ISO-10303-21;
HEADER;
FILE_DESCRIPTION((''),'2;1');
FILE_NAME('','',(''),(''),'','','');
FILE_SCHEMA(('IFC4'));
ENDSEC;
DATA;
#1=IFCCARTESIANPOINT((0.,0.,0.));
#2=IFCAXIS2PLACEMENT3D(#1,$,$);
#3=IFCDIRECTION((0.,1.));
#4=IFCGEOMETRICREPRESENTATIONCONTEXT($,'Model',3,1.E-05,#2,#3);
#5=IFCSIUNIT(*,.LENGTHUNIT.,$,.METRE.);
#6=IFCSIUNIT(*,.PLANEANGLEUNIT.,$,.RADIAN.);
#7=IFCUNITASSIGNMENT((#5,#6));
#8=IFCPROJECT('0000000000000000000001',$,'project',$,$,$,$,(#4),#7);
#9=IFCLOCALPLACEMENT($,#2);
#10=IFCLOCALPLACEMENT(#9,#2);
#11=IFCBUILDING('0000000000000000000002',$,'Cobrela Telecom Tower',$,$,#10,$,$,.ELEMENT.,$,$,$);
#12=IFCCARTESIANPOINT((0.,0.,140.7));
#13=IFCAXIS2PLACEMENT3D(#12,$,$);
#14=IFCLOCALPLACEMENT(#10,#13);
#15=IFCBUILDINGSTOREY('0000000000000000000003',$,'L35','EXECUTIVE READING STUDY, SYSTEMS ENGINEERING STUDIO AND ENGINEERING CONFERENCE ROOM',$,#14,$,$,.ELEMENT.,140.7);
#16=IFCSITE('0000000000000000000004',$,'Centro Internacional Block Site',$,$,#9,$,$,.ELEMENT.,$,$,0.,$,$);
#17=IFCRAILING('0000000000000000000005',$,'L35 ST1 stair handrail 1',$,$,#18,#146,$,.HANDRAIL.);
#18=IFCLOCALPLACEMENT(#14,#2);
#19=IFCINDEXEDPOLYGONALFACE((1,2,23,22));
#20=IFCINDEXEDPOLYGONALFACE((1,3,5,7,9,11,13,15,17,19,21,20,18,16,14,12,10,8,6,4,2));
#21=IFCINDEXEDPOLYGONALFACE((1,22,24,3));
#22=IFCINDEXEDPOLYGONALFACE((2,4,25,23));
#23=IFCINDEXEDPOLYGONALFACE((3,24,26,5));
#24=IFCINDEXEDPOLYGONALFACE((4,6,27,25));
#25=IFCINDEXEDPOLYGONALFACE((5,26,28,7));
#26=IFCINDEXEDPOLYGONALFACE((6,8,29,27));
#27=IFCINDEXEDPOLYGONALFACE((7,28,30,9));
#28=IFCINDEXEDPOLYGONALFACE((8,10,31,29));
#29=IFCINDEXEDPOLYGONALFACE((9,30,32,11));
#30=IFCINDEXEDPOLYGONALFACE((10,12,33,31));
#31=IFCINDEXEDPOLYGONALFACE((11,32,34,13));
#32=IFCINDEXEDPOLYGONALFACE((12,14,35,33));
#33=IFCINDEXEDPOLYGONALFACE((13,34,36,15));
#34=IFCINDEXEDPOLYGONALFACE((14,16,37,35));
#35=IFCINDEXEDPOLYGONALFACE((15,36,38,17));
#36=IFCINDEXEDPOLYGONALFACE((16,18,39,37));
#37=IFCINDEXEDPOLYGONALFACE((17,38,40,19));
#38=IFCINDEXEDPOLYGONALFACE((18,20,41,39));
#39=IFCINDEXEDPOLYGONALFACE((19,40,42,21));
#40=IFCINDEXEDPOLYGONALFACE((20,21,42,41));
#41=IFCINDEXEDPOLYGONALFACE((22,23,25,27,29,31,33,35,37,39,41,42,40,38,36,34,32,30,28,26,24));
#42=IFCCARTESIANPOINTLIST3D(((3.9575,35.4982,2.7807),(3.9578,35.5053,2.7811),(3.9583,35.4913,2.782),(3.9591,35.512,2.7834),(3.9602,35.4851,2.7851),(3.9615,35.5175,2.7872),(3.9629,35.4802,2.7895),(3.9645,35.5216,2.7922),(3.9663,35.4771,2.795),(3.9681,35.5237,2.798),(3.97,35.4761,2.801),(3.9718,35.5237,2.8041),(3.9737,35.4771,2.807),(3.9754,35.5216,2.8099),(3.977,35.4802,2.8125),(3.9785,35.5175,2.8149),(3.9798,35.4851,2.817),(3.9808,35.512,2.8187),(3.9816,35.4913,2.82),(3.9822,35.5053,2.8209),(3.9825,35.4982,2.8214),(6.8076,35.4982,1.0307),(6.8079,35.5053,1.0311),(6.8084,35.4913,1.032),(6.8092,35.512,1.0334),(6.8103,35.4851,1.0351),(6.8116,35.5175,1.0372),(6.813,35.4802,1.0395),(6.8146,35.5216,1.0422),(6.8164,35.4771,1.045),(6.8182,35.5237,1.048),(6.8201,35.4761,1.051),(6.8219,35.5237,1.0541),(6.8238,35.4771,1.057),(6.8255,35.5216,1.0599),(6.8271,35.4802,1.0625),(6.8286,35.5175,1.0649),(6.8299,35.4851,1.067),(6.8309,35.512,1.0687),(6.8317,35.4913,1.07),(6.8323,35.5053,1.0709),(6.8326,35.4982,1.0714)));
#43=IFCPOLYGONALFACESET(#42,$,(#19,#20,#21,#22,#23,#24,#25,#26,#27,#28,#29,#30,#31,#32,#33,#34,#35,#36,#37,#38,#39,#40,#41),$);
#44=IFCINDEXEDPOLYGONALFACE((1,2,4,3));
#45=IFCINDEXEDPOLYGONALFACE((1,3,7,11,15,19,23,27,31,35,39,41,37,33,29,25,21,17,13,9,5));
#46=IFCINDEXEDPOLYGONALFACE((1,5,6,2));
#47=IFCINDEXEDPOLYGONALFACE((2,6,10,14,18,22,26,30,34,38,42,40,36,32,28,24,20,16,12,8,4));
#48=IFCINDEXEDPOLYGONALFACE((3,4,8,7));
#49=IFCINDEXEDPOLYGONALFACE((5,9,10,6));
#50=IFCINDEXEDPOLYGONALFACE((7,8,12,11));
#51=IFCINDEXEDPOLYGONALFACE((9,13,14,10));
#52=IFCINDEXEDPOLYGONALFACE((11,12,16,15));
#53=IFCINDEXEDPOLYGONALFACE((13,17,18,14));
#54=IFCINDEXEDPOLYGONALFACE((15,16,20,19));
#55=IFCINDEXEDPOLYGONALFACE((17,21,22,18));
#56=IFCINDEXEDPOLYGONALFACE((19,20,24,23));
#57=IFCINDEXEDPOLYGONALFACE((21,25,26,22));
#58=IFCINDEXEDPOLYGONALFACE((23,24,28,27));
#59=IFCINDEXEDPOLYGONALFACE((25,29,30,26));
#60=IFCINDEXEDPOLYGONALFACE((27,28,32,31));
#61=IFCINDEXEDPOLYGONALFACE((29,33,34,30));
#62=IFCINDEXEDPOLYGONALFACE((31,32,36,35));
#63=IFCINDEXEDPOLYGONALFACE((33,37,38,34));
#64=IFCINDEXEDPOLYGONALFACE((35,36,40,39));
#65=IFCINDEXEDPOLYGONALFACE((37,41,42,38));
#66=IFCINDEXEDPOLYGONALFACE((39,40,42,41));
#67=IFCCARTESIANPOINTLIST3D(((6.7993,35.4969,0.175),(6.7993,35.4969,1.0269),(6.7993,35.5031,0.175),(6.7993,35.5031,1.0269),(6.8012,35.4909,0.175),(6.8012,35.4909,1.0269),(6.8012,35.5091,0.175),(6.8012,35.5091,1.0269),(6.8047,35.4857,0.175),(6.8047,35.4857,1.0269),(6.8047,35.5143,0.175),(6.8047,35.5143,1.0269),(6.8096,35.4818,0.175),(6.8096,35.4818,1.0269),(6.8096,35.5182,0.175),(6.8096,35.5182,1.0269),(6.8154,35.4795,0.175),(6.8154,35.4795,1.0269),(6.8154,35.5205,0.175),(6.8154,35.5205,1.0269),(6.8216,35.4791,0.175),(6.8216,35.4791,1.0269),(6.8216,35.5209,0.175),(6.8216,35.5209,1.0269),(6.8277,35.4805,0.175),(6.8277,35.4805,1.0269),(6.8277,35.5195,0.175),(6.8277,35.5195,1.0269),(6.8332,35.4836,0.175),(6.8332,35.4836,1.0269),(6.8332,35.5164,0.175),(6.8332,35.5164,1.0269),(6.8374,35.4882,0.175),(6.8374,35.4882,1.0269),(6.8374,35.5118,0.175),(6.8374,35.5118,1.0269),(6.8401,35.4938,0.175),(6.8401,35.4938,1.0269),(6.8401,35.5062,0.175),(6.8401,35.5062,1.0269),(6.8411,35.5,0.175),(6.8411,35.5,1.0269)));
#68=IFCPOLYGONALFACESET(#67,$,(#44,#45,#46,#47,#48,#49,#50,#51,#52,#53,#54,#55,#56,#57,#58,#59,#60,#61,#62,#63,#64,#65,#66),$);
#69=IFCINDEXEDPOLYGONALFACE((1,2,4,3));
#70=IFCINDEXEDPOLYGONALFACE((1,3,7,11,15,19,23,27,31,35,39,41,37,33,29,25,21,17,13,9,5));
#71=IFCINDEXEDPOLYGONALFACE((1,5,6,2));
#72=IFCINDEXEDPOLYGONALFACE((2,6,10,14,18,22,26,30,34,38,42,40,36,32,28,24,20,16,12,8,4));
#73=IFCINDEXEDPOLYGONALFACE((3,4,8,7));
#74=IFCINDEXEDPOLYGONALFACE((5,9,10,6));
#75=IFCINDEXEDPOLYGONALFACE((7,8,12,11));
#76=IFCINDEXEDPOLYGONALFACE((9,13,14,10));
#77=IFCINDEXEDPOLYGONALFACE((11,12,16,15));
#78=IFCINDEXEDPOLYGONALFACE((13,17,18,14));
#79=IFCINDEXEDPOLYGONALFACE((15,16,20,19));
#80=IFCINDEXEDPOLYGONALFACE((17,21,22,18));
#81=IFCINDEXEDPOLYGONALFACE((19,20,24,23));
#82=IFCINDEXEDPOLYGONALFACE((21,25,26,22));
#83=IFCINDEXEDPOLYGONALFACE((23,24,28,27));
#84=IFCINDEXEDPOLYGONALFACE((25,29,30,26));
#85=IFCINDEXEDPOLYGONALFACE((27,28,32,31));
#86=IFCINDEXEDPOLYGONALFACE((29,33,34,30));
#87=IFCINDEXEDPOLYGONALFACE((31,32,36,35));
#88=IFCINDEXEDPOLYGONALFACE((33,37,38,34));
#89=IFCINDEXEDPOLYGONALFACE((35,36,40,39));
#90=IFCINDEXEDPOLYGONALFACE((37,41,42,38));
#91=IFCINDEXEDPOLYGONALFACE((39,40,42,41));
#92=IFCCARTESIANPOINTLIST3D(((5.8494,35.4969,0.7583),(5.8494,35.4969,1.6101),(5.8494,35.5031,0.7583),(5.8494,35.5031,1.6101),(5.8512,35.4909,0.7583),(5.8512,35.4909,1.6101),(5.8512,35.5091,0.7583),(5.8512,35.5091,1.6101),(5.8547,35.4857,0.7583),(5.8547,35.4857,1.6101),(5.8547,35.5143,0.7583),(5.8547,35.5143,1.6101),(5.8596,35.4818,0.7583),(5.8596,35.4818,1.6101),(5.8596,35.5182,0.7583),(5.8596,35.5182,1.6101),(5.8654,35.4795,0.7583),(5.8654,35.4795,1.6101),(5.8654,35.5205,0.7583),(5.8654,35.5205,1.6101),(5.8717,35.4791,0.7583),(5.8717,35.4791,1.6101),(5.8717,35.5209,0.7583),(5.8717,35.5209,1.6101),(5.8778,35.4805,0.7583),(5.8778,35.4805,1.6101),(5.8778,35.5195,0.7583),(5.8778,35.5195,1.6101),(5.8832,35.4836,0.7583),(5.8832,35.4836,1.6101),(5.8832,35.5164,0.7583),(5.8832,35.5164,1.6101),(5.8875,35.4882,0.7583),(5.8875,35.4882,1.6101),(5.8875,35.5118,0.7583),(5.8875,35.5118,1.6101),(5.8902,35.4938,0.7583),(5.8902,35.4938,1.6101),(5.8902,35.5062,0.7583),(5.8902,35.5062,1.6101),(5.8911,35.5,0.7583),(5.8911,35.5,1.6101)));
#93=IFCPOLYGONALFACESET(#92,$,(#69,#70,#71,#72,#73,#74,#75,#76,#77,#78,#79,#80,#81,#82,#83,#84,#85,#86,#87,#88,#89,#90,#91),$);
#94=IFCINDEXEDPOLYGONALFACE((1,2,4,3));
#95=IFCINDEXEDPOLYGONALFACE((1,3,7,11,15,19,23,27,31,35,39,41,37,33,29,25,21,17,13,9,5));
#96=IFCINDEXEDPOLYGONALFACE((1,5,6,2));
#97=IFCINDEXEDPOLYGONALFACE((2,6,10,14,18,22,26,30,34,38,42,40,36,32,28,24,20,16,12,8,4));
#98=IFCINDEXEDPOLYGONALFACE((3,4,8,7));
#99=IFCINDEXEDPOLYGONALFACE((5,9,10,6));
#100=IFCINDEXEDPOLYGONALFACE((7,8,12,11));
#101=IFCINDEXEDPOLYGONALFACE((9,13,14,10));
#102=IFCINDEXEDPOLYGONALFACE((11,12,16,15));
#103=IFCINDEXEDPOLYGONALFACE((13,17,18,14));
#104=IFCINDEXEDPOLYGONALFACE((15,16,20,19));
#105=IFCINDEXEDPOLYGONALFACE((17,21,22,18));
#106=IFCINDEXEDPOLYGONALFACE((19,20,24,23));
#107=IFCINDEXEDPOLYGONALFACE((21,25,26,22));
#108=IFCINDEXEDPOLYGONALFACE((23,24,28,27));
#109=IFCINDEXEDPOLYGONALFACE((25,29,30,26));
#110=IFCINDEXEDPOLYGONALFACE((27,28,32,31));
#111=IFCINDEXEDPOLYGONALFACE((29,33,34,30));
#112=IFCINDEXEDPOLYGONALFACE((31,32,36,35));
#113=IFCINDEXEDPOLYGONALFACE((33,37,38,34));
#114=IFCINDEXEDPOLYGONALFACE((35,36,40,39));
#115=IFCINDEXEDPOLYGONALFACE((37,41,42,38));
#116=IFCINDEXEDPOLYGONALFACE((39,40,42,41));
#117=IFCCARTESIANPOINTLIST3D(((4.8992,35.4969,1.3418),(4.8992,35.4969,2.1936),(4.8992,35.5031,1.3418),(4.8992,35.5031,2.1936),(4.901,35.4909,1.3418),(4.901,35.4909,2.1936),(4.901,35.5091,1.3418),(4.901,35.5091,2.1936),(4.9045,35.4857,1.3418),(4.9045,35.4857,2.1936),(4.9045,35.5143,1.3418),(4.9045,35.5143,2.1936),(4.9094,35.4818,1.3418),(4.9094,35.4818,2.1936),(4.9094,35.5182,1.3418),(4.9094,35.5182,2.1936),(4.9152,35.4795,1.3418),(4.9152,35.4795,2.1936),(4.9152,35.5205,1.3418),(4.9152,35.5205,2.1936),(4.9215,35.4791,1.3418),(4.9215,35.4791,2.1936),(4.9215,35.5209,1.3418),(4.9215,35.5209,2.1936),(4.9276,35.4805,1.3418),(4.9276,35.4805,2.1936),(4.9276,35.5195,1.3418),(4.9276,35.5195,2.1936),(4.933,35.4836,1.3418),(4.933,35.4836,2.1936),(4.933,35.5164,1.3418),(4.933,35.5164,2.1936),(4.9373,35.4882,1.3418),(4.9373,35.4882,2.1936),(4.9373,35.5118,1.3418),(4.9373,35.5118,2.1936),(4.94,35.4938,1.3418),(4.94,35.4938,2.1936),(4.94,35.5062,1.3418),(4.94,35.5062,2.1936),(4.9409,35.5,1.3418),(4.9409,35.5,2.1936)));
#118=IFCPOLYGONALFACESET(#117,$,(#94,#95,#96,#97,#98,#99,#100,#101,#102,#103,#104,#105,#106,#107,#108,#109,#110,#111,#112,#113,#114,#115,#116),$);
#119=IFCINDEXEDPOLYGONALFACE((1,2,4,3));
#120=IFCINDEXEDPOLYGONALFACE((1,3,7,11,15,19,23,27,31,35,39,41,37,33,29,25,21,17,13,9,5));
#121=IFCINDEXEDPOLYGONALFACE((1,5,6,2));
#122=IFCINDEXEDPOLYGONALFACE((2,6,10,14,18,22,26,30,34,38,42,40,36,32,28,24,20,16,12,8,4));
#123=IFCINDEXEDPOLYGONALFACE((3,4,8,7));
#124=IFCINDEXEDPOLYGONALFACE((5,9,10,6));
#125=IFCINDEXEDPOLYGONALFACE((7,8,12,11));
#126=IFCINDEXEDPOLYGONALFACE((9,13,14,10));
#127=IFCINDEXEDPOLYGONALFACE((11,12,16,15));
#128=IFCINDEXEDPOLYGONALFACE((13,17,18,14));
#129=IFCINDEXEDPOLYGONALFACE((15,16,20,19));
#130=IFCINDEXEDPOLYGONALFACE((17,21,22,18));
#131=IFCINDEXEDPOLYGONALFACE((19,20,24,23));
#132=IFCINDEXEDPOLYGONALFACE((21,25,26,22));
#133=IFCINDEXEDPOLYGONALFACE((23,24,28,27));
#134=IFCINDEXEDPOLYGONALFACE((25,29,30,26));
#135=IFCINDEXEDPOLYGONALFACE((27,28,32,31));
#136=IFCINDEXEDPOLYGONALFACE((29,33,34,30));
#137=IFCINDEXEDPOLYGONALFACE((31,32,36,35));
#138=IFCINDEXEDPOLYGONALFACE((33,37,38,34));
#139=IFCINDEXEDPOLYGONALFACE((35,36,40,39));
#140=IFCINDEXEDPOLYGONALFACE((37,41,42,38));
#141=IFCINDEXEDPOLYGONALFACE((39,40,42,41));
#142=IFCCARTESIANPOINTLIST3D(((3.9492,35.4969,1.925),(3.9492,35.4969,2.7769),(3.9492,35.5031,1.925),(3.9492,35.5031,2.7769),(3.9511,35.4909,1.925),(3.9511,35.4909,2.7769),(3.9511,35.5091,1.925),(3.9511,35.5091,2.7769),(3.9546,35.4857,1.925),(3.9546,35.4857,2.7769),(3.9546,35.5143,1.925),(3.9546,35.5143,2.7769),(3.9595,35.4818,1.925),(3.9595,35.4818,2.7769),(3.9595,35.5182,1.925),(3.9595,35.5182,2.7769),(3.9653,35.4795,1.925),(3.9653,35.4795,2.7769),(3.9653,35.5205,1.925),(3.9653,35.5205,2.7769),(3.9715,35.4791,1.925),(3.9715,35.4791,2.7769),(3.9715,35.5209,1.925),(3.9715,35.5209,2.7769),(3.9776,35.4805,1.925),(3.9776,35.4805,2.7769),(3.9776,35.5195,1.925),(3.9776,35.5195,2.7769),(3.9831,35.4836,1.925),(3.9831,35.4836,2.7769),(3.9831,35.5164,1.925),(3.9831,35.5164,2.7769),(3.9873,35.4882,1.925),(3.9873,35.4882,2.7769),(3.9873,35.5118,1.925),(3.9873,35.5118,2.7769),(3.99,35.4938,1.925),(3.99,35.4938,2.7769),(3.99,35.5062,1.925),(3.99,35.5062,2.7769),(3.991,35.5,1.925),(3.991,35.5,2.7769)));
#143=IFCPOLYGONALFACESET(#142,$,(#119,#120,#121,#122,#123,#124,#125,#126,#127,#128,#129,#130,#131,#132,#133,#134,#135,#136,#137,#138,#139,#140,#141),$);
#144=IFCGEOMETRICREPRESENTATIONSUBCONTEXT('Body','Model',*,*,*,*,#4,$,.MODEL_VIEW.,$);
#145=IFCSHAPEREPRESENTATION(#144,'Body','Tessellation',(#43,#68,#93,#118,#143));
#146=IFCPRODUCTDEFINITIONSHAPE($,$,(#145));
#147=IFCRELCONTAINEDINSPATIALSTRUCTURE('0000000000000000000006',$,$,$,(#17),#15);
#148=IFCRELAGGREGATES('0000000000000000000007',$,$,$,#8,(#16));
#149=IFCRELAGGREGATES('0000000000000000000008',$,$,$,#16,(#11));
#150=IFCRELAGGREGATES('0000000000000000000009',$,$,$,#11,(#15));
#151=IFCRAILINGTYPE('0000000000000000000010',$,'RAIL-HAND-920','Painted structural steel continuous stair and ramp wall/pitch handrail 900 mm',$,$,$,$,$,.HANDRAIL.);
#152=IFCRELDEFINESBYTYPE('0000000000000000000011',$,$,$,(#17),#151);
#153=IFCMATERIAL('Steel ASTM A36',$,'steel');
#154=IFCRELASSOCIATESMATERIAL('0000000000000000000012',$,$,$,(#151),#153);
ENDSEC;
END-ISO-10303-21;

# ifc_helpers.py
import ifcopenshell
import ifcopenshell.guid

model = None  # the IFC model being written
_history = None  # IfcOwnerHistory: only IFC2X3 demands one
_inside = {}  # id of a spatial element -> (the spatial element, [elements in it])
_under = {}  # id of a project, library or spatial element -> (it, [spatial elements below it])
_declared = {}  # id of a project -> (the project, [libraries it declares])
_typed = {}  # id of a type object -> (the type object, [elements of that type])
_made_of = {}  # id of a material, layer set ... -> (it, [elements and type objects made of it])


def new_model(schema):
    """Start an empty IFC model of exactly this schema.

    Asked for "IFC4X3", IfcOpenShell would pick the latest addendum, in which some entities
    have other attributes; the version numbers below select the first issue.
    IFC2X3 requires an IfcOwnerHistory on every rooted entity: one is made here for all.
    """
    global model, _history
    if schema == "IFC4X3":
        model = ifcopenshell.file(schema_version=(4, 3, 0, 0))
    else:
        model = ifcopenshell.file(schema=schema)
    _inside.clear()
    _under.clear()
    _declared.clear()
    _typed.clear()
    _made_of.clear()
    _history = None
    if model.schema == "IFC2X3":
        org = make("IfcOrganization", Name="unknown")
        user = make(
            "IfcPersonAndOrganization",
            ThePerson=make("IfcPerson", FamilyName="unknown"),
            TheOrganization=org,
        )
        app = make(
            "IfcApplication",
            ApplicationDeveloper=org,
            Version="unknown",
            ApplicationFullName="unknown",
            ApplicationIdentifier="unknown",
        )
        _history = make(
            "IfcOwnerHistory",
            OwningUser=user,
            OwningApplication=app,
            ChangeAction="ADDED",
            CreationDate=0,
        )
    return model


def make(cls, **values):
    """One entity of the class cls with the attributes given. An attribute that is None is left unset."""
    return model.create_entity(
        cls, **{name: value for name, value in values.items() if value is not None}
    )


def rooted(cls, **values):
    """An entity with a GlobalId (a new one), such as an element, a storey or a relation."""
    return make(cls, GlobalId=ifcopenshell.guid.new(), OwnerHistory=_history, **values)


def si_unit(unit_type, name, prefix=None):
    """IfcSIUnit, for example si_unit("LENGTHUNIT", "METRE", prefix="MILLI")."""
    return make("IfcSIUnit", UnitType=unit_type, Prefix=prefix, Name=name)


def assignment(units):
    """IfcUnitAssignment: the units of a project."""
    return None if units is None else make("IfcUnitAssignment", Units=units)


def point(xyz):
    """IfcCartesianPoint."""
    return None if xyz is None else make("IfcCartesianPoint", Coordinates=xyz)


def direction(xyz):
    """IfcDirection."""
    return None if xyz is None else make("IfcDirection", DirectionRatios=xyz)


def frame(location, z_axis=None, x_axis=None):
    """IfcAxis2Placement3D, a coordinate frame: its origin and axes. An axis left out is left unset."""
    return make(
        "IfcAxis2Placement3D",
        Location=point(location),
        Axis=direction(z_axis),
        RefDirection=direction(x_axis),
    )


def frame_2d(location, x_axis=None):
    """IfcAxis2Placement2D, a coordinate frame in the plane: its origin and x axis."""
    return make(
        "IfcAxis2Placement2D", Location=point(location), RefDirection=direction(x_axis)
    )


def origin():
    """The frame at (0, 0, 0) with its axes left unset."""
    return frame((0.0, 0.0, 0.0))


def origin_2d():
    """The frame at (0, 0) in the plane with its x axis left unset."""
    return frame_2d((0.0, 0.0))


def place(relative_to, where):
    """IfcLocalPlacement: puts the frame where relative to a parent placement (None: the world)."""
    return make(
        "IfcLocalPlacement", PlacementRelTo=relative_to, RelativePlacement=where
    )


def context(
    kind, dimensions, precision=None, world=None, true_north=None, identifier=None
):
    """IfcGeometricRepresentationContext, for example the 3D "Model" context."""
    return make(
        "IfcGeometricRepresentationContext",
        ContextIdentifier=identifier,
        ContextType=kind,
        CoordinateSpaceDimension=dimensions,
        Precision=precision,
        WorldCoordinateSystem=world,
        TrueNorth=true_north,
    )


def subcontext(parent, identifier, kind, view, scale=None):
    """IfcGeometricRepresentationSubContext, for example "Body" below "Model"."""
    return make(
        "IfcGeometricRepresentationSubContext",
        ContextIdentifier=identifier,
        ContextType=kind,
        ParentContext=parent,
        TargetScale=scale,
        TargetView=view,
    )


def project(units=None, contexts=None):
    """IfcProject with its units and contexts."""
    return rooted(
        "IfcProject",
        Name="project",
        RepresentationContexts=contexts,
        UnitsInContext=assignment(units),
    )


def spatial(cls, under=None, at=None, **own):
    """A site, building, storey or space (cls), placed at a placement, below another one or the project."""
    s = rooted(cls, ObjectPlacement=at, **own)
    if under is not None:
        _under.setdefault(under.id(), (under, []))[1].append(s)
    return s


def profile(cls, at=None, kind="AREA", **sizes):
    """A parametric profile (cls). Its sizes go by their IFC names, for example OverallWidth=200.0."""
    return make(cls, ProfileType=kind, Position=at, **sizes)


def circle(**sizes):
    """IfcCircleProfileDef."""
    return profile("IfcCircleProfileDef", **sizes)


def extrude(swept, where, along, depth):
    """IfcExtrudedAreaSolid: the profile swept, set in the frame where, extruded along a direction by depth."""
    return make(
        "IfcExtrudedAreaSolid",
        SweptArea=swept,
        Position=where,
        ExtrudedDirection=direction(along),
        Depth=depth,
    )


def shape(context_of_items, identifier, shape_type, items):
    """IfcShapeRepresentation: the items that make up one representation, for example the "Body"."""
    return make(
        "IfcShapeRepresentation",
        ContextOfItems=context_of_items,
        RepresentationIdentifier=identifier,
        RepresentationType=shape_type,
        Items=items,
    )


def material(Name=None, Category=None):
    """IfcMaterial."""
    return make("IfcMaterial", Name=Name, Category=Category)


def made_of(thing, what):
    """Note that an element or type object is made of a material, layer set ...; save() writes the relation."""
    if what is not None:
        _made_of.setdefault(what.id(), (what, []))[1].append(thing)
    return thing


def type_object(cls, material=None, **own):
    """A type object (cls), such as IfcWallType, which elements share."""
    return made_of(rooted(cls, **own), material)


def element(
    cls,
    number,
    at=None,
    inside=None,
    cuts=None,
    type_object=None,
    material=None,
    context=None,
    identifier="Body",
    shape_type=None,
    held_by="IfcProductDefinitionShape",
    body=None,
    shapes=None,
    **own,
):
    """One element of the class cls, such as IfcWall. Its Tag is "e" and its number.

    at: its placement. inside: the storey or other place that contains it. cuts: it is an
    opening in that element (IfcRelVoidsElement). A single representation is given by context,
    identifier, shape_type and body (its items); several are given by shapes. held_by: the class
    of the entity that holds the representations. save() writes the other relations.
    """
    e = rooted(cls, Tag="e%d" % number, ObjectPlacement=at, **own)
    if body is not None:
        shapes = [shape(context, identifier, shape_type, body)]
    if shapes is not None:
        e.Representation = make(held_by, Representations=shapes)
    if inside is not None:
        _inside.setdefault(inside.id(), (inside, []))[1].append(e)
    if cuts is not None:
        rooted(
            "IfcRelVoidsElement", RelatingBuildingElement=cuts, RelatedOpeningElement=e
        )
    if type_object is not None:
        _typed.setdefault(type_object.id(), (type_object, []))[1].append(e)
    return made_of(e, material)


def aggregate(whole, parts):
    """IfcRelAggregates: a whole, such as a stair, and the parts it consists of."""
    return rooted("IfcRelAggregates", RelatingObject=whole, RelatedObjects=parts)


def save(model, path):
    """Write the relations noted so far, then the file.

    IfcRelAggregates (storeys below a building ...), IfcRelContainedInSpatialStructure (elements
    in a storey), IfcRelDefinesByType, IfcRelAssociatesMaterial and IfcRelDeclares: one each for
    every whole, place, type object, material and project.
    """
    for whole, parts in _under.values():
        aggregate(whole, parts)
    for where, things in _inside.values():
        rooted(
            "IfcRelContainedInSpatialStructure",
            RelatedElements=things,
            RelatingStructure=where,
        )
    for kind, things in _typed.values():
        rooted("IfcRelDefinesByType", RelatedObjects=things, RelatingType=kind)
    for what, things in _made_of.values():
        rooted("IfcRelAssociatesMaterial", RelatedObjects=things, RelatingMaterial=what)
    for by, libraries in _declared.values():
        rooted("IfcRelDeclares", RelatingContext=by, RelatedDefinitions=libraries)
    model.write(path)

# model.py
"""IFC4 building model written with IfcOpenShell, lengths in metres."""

from ifc_helpers import new_model, si_unit, direction, frame, origin, origin_2d, place, context, subcontext, project, spatial, circle, extrude, material, type_object, element, save


model = new_model("IFC4")

# Units and contexts
model_context = context("Model", 3, precision=1e-05, world=origin(), true_north=direction((0.0, 1.0)))
body_context = subcontext(model_context, "Body", "Model", "MODEL_VIEW")
ifc_project = project(units=[si_unit("LENGTHUNIT", "METRE"), si_unit("PLANEANGLEUNIT", "RADIAN")], contexts=[model_context])

# Site, building, storey
site_placement = place(None, origin())
site = spatial("IfcSite", under=ifc_project, at=site_placement, Name="Centro Internacional Block Site", CompositionType="ELEMENT", RefElevation=0.0)
building_placement = place(site_placement, origin())
building = spatial("IfcBuilding", under=site, at=building_placement, Name="Cobrela Telecom Tower", CompositionType="ELEMENT")
storey_placement = place(building_placement, frame((0.0, 0.0, 140.7)))
storey = spatial("IfcBuildingStorey", under=building, at=storey_placement, Name="L35", Description="EXECUTIVE READING STUDY, SYSTEMS ENGINEERING STUDIO AND ENGINEERING CONFERENCE ROOM", CompositionType="ELEMENT", Elevation=140.7)

# Shared definitions
ifc_material_1 = material(Name="Steel ASTM A36", Category="steel")

# Railing
railing_type_1 = type_object("IfcRailingType", Name="RAIL-HAND-920", Description="Painted structural steel continuous stair and ramp wall/pitch handrail 900 mm", PredefinedType="HANDRAIL", material=ifc_material_1)
railing_1_placement = place(storey_placement, frame((6.8201, 35.5, 0.175)))
element("IfcRailing", 1, at=railing_1_placement, inside=storey, type_object=railing_type_1, Name="L35 ST1 stair handrail 1", PredefinedType="HANDRAIL", context=body_context, shape_type="SweptSolid", body=[
    extrude(circle(Radius=0.0239, at=origin_2d()), frame((0.0, 0.0, 0.876), z_axis=(-0.852179, 0.0, 0.52325), x_axis=(0.0, -1.0, 0.0)), (0.0, 0.0, 1.0), 3.3445),
    extrude(circle(Radius=0.021, at=origin_2d()), origin(), (0.0, 0.0, 1.0), 0.8518),
    extrude(circle(Radius=0.021, at=origin_2d()), frame((-0.95, 0.0, 0.5833)), (0.0, 0.0, 1.0), 0.8518),
    extrude(circle(Radius=0.021, at=origin_2d()), frame((-1.9001, 0.0, 1.1667)), (0.0, 0.0, 1.0), 0.8518),
    extrude(circle(Radius=0.021, at=origin_2d()), frame((-2.8501, 0.0, 1.75)), (0.0, 0.0, 1.0), 0.8518),
])

save(model, "model.ifc")
